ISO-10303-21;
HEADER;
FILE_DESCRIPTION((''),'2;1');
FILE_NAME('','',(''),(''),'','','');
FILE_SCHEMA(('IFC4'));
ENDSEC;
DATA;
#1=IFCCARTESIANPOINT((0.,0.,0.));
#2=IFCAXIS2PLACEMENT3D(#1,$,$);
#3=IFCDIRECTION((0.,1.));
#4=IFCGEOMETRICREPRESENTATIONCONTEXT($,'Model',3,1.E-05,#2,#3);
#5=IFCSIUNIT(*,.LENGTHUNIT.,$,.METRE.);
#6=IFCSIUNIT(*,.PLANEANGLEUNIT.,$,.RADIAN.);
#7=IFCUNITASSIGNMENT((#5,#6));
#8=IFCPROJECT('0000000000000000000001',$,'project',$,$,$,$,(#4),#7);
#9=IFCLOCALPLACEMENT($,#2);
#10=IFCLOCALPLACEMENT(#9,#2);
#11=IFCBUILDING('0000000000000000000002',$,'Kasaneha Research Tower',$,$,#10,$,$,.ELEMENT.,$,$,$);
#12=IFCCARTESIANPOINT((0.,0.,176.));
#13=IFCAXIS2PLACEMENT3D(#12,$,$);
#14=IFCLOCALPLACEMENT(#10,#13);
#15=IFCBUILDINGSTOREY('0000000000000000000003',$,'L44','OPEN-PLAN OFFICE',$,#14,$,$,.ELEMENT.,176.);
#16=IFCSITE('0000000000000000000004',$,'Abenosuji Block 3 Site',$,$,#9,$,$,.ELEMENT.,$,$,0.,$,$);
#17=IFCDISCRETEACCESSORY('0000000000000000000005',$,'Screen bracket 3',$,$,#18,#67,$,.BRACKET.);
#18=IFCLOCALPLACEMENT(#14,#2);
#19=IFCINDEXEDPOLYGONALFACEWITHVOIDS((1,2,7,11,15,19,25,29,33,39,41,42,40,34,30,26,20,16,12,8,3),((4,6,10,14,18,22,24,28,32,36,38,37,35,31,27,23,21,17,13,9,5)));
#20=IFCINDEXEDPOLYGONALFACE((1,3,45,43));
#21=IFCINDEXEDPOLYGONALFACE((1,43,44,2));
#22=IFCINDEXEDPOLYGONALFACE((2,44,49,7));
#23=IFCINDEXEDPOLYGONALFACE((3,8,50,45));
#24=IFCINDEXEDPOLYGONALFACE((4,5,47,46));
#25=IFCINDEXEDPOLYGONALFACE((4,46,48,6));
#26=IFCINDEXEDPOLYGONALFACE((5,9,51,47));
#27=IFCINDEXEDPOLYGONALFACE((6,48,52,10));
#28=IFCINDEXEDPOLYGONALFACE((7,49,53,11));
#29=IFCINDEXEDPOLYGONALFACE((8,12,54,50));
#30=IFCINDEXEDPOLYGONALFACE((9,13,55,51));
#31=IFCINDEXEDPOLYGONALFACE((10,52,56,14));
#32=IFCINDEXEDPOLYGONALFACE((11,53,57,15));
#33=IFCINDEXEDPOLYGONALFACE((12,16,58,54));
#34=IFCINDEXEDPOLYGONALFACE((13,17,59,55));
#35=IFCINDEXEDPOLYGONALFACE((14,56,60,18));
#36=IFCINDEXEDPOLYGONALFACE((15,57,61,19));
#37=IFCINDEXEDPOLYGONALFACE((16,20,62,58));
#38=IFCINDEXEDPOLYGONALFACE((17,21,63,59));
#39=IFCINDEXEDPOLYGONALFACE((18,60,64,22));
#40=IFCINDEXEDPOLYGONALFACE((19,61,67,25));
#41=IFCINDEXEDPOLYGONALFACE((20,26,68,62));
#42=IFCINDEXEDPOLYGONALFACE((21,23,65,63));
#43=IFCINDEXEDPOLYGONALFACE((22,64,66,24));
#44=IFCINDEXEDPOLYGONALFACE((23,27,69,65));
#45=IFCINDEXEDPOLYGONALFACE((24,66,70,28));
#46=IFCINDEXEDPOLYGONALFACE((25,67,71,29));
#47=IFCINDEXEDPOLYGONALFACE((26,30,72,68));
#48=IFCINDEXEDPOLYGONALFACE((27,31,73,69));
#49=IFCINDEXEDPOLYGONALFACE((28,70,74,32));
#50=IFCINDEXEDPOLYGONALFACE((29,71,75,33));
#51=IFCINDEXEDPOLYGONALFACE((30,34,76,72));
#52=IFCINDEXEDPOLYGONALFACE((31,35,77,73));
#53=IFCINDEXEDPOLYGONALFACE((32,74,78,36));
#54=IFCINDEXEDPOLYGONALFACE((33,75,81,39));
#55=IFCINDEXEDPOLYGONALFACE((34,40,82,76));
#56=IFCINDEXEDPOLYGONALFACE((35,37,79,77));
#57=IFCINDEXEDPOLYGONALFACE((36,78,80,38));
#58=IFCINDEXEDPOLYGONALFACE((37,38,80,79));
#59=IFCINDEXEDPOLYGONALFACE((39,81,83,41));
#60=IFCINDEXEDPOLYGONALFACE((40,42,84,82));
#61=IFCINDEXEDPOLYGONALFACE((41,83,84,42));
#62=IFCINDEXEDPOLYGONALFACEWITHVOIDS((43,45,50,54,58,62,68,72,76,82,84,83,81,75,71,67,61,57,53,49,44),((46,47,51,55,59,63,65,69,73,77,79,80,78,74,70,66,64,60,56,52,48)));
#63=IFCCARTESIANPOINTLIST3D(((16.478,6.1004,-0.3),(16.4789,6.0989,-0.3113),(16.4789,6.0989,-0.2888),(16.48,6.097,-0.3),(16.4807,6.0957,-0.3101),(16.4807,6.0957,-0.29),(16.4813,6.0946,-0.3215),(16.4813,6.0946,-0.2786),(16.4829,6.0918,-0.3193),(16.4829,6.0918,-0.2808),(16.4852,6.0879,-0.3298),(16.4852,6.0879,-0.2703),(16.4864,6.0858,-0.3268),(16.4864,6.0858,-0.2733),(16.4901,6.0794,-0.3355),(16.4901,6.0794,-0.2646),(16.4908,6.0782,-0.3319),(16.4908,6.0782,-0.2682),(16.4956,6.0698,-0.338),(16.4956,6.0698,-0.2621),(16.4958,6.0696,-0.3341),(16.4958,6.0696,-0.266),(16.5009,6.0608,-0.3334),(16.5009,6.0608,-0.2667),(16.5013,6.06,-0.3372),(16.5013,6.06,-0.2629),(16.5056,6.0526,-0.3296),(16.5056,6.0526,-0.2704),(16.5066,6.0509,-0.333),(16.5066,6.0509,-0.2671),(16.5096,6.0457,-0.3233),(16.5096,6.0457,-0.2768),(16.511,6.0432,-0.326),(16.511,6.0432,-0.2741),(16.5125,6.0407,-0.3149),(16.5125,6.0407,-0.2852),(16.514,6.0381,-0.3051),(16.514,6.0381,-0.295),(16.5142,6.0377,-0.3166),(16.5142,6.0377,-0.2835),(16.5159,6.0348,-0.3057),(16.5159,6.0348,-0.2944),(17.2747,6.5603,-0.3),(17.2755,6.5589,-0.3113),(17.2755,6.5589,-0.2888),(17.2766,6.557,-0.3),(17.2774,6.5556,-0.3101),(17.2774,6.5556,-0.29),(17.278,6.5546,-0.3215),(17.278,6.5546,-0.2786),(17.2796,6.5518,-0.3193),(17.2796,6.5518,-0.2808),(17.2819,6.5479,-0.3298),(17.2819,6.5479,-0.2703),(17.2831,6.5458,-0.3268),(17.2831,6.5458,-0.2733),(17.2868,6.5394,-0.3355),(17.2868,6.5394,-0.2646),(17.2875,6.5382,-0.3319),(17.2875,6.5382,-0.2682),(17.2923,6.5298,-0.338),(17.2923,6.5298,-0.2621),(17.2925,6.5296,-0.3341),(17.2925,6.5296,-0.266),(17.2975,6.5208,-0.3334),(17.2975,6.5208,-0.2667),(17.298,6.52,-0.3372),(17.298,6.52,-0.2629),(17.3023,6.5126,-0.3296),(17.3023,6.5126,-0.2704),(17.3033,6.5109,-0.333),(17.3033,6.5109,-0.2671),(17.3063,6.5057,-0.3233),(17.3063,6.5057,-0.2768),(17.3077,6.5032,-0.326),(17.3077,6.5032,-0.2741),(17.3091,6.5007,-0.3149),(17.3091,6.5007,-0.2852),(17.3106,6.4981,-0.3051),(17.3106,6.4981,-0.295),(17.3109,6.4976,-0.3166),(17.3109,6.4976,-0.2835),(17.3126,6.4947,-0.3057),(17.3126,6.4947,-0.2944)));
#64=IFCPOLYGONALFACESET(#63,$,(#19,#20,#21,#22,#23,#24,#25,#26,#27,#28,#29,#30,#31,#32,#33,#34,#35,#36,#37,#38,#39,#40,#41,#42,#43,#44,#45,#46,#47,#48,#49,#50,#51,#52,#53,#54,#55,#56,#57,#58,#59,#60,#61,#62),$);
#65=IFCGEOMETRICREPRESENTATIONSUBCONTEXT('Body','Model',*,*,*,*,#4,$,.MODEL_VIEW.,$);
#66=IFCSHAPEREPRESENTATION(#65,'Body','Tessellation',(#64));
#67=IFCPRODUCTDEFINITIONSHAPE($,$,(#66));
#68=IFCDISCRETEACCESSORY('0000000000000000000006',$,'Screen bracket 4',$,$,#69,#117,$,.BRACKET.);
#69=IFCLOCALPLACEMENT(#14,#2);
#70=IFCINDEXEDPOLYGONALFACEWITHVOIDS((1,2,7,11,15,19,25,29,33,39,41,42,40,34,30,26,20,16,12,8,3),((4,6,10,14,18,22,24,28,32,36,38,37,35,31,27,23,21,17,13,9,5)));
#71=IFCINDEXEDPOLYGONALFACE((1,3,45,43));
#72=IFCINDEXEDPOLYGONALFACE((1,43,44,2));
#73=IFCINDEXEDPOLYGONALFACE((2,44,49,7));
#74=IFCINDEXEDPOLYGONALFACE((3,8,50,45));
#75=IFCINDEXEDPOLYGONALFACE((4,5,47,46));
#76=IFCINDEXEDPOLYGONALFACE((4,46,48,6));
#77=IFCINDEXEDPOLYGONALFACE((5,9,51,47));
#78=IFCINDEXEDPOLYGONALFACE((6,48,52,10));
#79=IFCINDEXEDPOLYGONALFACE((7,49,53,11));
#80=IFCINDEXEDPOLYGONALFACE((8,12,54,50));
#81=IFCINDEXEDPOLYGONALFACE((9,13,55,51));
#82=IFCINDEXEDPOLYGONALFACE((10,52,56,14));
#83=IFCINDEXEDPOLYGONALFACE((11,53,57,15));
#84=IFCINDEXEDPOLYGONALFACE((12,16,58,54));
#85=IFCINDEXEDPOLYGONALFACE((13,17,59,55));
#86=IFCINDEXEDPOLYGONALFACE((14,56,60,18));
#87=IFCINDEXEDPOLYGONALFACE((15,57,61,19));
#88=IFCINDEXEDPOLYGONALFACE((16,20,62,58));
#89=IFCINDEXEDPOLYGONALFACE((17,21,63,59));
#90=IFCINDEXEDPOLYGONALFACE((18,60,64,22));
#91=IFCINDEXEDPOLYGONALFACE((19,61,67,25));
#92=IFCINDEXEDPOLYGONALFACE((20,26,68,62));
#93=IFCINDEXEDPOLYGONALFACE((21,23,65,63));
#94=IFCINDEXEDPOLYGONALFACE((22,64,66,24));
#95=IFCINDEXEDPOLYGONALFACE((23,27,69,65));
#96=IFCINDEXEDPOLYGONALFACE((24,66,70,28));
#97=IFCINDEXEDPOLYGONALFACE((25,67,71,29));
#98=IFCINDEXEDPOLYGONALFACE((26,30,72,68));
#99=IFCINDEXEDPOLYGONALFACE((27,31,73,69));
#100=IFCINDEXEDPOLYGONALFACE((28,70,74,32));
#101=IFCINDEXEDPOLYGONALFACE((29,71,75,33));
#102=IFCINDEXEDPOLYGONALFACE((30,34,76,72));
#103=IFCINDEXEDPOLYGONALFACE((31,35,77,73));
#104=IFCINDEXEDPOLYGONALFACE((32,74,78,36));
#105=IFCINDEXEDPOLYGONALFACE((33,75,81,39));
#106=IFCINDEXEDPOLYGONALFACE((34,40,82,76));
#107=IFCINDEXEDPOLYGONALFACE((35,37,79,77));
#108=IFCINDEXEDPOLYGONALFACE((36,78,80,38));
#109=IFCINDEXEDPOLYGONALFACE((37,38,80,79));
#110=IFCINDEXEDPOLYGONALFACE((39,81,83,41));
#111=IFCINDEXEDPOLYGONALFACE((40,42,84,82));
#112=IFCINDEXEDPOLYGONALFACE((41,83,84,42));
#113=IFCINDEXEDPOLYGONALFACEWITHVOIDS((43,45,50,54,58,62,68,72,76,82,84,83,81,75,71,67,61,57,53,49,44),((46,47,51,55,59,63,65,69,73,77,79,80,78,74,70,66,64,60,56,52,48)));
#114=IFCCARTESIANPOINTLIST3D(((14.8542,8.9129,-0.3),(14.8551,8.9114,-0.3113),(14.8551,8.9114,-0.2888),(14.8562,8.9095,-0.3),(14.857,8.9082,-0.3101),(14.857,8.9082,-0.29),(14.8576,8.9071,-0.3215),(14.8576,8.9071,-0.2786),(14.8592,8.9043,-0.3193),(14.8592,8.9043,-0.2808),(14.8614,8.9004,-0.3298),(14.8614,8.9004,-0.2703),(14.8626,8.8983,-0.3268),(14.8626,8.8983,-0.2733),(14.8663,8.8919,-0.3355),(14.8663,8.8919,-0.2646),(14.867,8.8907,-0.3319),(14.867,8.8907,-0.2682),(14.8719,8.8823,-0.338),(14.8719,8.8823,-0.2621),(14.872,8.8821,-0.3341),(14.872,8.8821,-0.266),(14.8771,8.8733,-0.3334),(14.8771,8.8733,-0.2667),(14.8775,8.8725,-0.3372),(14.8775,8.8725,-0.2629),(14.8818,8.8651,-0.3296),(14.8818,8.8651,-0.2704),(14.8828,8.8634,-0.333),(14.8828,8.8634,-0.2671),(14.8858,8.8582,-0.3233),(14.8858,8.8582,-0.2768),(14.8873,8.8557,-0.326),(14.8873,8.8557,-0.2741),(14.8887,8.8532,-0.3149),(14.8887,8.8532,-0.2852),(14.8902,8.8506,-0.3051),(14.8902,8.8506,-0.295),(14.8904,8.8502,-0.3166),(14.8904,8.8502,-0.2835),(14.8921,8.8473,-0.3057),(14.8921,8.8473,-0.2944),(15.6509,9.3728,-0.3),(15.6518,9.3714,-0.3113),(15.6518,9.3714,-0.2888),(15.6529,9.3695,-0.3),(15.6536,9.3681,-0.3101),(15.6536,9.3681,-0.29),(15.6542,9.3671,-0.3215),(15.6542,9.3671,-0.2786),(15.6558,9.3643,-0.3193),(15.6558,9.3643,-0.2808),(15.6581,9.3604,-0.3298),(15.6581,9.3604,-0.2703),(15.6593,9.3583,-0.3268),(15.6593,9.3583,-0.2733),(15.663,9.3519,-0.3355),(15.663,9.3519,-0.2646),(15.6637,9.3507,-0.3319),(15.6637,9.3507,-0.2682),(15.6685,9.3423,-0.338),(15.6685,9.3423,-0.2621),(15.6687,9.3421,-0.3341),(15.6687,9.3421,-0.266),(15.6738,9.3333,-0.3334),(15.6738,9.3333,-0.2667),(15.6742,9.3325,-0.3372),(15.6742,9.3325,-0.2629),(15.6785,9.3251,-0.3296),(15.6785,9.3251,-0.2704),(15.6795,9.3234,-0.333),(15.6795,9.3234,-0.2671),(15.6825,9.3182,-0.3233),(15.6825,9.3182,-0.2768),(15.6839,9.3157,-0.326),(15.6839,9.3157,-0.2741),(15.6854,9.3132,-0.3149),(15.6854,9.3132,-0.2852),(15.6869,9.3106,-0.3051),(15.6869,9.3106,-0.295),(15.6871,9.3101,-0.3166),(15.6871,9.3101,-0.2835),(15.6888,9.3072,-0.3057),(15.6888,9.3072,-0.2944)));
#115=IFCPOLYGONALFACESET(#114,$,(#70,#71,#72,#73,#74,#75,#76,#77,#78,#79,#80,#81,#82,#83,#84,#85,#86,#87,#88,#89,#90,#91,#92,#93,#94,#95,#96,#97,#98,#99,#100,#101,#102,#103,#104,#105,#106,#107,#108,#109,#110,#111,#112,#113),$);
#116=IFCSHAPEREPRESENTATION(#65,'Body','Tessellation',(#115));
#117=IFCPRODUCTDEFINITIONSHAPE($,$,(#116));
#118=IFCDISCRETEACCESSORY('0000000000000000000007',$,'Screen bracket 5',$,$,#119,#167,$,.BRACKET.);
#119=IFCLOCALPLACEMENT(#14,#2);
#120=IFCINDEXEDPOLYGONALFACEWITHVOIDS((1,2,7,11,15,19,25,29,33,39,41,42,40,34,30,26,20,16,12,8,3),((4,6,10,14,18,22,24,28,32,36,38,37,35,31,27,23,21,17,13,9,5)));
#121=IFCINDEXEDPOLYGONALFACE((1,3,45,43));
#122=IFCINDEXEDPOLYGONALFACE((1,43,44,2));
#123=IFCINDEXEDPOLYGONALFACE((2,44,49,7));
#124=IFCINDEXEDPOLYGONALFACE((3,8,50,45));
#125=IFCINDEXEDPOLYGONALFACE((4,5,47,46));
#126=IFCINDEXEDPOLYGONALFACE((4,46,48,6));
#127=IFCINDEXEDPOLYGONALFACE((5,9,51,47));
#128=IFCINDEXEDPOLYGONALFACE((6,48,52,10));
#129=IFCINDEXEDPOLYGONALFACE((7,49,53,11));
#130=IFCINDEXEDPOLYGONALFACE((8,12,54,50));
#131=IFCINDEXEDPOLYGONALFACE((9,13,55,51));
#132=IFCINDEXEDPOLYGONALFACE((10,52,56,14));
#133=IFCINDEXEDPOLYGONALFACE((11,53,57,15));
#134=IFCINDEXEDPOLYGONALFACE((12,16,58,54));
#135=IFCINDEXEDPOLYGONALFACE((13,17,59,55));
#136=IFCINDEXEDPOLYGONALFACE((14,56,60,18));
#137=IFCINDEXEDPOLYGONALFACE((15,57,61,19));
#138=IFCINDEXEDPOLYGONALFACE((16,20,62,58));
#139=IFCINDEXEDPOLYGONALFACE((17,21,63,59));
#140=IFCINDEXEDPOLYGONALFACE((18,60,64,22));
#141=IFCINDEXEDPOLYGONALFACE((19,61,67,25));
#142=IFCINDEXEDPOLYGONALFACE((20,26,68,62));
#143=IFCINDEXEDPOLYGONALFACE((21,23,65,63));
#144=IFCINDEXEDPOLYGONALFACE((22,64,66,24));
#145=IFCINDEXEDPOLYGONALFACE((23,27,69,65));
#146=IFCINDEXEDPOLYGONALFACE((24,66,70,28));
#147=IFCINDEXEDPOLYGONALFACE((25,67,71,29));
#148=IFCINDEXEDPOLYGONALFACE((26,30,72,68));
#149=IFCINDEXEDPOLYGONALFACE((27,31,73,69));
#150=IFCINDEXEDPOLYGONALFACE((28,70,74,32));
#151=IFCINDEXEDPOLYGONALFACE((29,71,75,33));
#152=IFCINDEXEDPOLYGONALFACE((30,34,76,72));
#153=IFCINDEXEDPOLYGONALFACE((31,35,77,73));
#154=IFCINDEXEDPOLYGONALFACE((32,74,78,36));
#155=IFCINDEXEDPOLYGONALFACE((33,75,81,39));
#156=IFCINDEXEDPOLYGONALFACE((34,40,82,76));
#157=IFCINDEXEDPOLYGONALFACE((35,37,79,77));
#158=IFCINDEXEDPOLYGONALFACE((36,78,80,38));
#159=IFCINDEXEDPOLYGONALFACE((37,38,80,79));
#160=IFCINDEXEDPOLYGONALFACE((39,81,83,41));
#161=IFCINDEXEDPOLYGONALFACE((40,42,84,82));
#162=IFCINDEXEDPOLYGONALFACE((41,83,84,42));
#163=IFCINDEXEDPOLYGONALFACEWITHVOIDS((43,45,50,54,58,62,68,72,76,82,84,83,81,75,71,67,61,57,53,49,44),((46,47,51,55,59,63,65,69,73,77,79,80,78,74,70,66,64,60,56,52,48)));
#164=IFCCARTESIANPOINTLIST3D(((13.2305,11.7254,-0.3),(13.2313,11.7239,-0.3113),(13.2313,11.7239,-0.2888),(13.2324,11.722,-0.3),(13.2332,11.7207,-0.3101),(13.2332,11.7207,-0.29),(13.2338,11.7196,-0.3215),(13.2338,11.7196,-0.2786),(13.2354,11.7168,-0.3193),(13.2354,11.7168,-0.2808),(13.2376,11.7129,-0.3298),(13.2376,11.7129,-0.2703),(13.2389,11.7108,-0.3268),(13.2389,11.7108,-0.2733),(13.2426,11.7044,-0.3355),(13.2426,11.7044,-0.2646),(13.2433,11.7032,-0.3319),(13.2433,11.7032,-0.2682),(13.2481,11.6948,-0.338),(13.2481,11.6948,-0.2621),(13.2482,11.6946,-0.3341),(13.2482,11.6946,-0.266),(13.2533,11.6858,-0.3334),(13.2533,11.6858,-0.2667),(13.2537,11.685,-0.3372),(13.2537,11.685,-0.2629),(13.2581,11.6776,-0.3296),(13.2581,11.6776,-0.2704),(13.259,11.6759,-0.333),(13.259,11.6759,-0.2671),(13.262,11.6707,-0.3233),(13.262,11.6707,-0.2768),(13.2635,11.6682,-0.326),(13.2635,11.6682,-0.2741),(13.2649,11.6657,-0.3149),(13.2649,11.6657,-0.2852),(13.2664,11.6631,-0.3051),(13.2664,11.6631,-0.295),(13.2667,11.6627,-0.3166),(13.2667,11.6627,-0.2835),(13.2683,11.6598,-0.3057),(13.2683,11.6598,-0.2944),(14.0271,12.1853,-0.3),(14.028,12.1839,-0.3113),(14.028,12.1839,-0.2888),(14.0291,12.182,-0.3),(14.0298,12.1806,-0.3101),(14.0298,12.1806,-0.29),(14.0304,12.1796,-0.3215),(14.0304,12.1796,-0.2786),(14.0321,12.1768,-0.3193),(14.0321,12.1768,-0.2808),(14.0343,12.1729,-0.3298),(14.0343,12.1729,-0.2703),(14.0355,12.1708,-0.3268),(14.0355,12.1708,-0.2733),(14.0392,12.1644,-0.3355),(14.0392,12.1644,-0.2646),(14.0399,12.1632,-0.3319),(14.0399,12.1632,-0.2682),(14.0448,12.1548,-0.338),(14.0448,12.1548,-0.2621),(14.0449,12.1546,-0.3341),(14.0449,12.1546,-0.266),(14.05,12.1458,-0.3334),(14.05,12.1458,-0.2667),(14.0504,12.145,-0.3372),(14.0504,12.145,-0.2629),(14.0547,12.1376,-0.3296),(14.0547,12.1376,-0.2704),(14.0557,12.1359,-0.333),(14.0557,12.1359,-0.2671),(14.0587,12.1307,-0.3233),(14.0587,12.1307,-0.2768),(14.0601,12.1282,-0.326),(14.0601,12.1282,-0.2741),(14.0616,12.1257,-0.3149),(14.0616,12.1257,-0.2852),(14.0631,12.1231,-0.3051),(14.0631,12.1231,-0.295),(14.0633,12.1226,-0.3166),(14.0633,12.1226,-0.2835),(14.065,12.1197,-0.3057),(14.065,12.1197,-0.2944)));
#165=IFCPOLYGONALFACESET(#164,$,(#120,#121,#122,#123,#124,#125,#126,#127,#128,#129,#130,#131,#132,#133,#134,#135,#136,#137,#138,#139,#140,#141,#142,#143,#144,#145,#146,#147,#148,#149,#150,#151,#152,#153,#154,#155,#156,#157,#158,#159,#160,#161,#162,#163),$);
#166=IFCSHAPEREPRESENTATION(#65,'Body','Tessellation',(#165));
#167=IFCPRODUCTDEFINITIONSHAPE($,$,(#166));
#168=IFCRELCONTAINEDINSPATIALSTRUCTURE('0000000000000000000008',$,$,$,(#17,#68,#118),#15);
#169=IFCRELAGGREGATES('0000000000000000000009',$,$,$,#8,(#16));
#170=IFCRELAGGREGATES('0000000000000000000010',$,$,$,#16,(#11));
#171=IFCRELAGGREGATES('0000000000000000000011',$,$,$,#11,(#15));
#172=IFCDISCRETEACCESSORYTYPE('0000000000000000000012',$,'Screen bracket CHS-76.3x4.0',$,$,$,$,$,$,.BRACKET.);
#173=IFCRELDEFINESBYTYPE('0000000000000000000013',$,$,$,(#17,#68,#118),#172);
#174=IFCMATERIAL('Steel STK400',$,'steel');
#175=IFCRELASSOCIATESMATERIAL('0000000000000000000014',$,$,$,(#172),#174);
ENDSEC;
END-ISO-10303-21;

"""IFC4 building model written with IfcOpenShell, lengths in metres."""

from ifc_helpers import new_model, si_unit, direction, frame, origin, origin_2d, place, context, subcontext, project, spatial, hollow_circle, extrude, material, material_profile, profile_set, type_object, element, save


model = new_model("IFC4")

# Units and contexts
model_context = context("Model", 3, precision=1e-05, world=origin(), true_north=direction((0.0, 1.0)))
body_context = subcontext(model_context, "Body", "Model", "MODEL_VIEW")
ifc_project = project(units=[si_unit("LENGTHUNIT", "METRE"), si_unit("PLANEANGLEUNIT", "RADIAN")], contexts=[model_context])

# Site, building, storey
site_placement = place(None, origin())
site = spatial("IfcSite", under=ifc_project, at=site_placement, Name="Abenosuji Block 3 Site", CompositionType="ELEMENT", RefElevation=0.0)
building_placement = place(site_placement, origin())
building = spatial("IfcBuilding", under=site, at=building_placement, Name="Kasaneha Research Tower", CompositionType="ELEMENT")
storey_placement = place(building_placement, frame((0.0, 0.0, 176.0)))
storey = spatial("IfcBuildingStorey", under=building, at=storey_placement, Name="L44", Description="OPEN-PLAN OFFICE", CompositionType="ELEMENT", Elevation=176.0)

# Discrete accessories
ifc_material_1 = material(Name="Steel STK400", Category="steel")
ifc_material_profile_1 = material_profile(ifc_material_1, hollow_circle(Radius=0.0381, WallThickness=0.0039, at=origin_2d()), Name="CHS-76.3x4.0")
ifc_profile_set_1 = profile_set([ifc_material_profile_1], Name="Steel STK400")
discrete_accessory_type = type_object("IfcDiscreteAccessoryType", Name="Screen bracket CHS-76.3x4.0", PredefinedType="BRACKET", material=ifc_profile_set_1)
for number, where, z_axis, x_axis, name in (
    (1, (16.4971, 6.0674, -0.3), (0.866013, 0.500021, 0.0), (-0.500021, 0.866013, 0.0), "Screen bracket 3"),
    (2, (14.8733, 8.8799, -0.3), (0.866013, 0.500021, 0.0), (-0.500021, 0.866013, 0.0), "Screen bracket 4"),
    (3, (13.2495, 11.6924, -0.3), (0.866013, 0.500021, 0.0), (-0.500021, 0.866013, 0.0), "Screen bracket 5"),
):
    element("IfcDiscreteAccessory", number, at=place(storey_placement, frame(where, z_axis=z_axis, x_axis=x_axis)), inside=storey, type_object=discrete_accessory_type, Name=name, PredefinedType="BRACKET", context=body_context, shape_type="SweptSolid", body=[
        extrude(hollow_circle(Radius=0.0381, WallThickness=0.0039, at=origin_2d()), origin(), (0.0, 0.0, 1.0), 0.9199),
    ])

save(model, "model.ifc")
